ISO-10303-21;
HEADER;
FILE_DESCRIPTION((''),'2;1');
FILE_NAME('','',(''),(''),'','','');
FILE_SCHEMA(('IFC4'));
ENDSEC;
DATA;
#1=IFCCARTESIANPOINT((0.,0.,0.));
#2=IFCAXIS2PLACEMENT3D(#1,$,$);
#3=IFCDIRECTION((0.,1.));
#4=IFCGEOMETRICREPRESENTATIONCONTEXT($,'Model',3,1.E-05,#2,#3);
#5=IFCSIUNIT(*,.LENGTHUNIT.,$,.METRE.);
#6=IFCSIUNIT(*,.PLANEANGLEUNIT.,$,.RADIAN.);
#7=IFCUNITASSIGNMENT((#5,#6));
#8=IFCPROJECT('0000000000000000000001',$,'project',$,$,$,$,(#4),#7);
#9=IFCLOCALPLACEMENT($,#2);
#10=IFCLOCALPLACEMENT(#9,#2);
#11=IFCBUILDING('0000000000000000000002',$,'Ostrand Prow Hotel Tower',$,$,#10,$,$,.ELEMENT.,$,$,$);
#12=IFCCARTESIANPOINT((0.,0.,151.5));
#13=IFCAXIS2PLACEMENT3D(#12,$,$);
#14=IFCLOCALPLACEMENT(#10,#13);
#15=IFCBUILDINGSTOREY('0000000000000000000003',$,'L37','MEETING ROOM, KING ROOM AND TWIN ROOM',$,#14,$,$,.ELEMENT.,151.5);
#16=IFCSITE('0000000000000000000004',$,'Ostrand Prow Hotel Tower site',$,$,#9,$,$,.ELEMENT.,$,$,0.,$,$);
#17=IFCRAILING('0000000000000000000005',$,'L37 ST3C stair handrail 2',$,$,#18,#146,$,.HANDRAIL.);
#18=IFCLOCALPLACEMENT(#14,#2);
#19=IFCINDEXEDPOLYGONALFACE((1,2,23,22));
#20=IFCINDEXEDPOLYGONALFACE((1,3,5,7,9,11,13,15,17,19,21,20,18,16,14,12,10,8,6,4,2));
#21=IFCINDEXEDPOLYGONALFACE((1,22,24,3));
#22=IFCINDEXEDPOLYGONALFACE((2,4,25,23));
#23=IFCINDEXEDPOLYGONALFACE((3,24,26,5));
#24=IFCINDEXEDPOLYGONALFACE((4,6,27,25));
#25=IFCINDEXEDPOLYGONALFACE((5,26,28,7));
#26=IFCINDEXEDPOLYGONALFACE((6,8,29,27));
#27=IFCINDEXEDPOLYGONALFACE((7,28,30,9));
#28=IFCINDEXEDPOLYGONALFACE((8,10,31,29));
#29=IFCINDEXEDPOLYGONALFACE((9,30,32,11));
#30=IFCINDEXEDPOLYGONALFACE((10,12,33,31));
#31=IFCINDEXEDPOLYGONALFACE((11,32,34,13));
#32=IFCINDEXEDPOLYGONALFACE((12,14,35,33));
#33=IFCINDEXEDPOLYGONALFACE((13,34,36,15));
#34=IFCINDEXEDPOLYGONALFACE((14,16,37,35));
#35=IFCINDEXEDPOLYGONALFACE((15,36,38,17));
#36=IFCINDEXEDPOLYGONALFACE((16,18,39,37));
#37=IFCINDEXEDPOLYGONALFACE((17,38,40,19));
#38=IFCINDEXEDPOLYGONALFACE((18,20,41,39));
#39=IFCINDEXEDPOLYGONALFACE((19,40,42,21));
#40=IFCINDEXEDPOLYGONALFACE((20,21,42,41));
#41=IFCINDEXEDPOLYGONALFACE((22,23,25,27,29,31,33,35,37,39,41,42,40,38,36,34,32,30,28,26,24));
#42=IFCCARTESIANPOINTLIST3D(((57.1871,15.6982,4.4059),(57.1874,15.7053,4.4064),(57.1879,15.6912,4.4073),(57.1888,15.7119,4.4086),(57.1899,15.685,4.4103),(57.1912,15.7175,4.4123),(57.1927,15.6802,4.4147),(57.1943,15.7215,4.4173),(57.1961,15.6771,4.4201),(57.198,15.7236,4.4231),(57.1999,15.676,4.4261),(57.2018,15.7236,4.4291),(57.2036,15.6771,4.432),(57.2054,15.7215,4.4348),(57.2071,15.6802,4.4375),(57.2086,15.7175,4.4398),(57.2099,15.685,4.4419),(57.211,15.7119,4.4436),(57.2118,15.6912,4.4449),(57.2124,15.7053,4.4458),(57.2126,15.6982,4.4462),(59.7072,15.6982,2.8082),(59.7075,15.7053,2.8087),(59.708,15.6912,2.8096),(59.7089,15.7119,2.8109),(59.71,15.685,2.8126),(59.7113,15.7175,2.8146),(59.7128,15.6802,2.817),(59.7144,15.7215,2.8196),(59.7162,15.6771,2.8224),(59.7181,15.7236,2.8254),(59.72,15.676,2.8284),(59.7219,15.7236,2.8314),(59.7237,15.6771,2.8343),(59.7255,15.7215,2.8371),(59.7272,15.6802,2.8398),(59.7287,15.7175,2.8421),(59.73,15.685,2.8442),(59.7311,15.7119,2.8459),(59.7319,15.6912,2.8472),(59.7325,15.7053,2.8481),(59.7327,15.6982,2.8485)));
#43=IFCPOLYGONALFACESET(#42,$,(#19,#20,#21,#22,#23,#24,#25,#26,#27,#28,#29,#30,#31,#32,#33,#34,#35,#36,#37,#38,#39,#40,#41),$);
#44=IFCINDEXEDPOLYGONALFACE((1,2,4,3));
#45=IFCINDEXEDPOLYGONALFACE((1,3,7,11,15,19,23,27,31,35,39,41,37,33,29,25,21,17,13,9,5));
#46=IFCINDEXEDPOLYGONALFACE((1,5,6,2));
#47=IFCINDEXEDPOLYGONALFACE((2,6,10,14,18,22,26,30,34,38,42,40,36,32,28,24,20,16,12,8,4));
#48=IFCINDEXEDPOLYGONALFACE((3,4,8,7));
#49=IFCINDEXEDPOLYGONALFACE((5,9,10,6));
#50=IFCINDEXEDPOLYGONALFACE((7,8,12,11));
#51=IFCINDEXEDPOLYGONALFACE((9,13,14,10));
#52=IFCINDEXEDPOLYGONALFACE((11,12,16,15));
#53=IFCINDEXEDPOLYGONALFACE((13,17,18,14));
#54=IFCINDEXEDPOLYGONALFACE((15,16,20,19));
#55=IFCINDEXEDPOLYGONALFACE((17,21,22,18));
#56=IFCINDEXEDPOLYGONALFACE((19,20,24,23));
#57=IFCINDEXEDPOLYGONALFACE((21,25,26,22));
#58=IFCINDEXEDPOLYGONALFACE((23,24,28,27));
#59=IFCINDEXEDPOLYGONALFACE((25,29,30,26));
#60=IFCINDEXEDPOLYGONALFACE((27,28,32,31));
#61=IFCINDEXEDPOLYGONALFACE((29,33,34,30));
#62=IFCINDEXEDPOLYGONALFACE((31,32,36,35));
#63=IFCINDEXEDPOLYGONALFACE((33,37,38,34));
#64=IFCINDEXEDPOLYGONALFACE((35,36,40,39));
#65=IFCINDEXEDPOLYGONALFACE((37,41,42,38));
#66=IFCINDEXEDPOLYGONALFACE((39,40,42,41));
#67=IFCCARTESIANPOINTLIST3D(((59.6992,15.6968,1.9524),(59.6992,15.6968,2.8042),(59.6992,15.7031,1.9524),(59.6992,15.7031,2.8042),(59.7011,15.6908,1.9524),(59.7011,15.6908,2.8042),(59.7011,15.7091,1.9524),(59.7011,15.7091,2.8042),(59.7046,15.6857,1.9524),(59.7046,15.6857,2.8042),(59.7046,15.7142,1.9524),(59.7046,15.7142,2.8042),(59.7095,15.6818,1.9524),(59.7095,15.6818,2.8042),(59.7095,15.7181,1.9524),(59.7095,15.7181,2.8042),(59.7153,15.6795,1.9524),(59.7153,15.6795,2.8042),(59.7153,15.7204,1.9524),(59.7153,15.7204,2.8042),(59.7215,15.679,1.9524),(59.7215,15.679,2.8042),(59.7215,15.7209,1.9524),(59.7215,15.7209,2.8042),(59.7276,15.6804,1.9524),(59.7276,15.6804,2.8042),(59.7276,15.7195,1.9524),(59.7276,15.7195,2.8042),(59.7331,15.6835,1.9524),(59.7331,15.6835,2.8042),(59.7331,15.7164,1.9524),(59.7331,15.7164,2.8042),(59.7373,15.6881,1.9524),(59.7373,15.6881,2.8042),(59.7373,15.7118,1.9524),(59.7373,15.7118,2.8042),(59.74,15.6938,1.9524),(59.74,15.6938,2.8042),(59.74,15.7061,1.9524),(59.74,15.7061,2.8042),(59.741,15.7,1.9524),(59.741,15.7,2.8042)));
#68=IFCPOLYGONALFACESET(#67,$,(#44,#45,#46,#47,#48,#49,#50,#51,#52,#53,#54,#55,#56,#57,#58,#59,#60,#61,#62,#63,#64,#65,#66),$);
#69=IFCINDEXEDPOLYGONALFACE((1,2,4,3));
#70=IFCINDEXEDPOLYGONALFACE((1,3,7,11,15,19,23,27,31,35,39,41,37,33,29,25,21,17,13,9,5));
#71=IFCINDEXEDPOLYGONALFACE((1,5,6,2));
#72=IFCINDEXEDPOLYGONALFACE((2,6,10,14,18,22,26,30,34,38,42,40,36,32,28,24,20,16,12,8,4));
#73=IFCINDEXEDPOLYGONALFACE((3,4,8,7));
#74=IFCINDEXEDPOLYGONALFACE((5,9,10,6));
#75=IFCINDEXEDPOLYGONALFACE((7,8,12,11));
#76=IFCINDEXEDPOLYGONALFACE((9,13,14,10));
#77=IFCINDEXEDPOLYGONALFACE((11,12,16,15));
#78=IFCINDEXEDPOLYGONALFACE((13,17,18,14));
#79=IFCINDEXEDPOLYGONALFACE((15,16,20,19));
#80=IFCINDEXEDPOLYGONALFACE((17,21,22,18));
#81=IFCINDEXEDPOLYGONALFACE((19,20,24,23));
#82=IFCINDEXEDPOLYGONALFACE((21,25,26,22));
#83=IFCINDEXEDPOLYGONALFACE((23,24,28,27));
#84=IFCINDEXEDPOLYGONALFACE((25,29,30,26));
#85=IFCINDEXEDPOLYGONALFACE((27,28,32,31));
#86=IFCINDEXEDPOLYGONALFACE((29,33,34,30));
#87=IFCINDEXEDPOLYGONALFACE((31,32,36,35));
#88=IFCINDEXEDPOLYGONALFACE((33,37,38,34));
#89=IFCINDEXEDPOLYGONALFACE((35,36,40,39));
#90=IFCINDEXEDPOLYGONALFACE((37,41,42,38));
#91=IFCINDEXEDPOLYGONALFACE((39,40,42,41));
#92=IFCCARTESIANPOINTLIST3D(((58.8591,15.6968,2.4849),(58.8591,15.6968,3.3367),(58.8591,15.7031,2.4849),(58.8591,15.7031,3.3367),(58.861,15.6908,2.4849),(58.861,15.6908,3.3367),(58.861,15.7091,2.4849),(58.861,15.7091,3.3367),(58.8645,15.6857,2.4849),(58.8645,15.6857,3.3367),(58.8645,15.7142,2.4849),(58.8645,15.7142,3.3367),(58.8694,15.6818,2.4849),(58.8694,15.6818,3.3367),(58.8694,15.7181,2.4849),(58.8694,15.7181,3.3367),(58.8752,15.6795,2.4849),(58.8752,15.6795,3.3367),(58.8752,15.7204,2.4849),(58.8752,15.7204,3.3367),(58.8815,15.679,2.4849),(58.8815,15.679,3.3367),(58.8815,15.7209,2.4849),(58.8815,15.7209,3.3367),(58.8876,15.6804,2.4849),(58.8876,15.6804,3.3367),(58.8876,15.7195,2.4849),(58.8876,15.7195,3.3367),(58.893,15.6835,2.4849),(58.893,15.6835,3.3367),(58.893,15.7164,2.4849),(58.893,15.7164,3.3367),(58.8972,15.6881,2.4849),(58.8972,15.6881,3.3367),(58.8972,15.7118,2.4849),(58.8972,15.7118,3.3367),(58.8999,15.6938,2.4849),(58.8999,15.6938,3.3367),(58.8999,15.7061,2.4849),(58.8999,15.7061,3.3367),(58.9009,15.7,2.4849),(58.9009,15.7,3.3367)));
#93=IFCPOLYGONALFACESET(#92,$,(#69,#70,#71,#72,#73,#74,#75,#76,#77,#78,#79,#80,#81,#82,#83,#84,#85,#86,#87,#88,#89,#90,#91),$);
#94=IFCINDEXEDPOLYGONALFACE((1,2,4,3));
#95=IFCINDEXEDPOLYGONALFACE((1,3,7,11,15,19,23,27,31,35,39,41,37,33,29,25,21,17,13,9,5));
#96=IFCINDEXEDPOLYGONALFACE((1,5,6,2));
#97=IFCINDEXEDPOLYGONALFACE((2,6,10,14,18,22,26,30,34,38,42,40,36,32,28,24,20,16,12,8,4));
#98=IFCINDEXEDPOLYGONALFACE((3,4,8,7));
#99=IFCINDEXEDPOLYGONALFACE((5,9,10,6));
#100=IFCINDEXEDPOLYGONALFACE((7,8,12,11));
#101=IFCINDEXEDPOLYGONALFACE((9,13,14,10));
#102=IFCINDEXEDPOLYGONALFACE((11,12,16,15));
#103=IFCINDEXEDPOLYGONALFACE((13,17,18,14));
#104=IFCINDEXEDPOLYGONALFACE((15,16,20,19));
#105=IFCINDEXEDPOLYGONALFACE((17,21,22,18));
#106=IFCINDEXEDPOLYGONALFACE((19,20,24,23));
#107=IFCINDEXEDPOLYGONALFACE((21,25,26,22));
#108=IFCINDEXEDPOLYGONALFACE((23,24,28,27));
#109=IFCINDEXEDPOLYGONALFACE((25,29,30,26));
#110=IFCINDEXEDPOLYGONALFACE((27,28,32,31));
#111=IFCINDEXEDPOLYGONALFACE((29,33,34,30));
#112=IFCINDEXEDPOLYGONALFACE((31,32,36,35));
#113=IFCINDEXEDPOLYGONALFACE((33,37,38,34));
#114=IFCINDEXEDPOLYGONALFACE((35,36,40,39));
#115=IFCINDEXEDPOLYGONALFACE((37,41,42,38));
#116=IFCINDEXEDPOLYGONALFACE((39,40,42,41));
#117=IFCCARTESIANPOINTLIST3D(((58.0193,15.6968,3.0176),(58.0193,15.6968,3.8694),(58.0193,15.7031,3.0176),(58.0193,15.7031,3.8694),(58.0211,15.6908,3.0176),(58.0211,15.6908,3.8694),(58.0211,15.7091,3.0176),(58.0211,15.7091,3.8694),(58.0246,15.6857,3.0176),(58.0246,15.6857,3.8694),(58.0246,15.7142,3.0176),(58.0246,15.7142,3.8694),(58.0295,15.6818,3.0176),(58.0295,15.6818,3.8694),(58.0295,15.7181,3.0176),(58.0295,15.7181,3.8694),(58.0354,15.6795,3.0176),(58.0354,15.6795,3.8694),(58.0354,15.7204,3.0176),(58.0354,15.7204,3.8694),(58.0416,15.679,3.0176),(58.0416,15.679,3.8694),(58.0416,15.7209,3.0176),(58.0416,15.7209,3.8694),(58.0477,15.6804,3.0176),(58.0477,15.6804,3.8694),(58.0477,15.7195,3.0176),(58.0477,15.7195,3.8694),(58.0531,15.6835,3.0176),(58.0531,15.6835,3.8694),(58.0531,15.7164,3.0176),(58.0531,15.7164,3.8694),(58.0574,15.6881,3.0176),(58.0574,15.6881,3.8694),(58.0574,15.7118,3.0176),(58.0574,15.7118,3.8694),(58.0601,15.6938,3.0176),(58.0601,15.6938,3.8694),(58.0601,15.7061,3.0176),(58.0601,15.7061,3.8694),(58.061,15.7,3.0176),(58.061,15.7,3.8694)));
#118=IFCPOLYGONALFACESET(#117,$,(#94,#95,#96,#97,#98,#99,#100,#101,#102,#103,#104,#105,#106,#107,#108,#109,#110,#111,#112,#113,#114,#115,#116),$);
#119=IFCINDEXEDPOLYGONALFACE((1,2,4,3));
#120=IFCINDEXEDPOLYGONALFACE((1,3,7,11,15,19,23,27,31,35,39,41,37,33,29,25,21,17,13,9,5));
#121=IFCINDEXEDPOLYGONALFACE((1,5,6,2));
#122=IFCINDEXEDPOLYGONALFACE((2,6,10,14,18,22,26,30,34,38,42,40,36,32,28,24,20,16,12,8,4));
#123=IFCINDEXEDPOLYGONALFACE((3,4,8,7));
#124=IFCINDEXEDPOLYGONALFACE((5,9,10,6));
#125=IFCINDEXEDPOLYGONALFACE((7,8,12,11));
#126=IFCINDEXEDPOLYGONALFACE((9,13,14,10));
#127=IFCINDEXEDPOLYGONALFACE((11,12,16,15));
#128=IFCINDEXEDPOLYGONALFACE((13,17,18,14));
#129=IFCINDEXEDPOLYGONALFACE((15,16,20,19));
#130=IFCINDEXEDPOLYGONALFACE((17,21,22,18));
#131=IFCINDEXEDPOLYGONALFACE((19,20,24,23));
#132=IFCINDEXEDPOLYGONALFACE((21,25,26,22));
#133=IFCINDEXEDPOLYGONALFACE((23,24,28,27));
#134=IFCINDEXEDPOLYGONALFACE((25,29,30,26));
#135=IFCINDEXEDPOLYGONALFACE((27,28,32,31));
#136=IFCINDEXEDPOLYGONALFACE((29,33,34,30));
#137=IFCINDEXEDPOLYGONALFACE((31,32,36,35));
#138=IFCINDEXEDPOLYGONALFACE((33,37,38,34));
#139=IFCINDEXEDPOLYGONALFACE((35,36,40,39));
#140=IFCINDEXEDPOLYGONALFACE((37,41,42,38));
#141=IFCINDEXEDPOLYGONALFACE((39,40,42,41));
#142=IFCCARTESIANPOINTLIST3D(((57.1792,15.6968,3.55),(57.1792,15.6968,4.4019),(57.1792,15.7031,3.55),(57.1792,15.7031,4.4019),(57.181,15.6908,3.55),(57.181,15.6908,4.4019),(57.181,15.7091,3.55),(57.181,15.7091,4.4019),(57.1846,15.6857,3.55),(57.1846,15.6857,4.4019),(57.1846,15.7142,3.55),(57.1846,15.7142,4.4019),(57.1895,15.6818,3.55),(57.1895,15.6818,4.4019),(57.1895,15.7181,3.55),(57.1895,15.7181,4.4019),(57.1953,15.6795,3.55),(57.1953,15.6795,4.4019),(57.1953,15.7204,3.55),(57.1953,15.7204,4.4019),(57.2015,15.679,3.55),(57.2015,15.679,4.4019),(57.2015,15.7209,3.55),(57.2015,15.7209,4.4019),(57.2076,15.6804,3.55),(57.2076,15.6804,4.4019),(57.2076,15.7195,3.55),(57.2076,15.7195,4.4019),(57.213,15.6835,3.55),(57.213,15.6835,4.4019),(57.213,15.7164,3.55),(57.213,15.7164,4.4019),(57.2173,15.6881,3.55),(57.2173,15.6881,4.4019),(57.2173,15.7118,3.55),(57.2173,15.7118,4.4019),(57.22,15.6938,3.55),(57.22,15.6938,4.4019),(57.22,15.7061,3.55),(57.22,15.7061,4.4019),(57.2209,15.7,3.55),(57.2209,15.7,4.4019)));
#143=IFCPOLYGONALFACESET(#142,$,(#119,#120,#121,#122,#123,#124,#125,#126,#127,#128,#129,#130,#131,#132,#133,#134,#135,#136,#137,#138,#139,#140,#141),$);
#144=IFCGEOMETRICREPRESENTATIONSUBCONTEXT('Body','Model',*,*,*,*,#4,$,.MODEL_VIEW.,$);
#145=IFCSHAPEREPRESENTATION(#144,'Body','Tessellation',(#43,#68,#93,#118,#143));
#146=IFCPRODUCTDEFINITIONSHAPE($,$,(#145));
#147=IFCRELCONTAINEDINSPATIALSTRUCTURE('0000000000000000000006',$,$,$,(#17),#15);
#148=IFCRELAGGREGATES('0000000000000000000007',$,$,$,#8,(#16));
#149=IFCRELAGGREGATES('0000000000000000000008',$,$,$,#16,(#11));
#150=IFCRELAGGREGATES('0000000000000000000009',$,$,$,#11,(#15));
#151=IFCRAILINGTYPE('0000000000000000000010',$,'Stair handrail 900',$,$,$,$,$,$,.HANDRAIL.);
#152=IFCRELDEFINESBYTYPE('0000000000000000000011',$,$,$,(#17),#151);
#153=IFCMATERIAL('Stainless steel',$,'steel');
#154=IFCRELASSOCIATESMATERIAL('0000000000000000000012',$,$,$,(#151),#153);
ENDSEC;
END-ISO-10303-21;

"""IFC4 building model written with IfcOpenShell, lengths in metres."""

from ifc_helpers import new_model, si_unit, direction, frame, origin, origin_2d, place, context, subcontext, project, spatial, circle, extrude, material, type_object, element, save


model = new_model("IFC4")

# Units and contexts
model_context = context("Model", 3, precision=1e-05, world=origin(), true_north=direction((0.0, 1.0)))
body_context = subcontext(model_context, "Body", "Model", "MODEL_VIEW")
ifc_project = project(units=[si_unit("LENGTHUNIT", "METRE"), si_unit("PLANEANGLEUNIT", "RADIAN")], contexts=[model_context])

# Site, building, storey
site_placement = place(None, origin())
site = spatial("IfcSite", under=ifc_project, at=site_placement, Name="Ostrand Prow Hotel Tower site", CompositionType="ELEMENT", RefElevation=0.0)
building_placement = place(site_placement, origin())
building = spatial("IfcBuilding", under=site, at=building_placement, Name="Ostrand Prow Hotel Tower", CompositionType="ELEMENT")
storey_placement = place(building_placement, frame((0.0, 0.0, 151.5)))
storey = spatial("IfcBuildingStorey", under=building, at=storey_placement, Name="L37", Description="MEETING ROOM, KING ROOM AND TWIN ROOM", CompositionType="ELEMENT", Elevation=151.5)

# Railing
ifc_material_1 = material(Name="Stainless steel", Category="steel")
railing_type_1 = type_object("IfcRailingType", Name="Stair handrail 900", PredefinedType="HANDRAIL", material=ifc_material_1)
railing_1_placement = place(storey_placement, frame((59.72, 15.7, 1.9524)))
element("IfcRailing", 1, at=railing_1_placement, inside=storey, type_object=railing_type_1, Name="L37 ST3C stair handrail 2", PredefinedType="HANDRAIL", context=body_context, shape_type="SweptSolid", body=[
    extrude(circle(Radius=0.0239, at=origin_2d()), frame((0.0, 0.0, 0.876), z_axis=(-0.84457, 0.0, 0.535445), x_axis=(0.0, -1.0, 0.0)), (0.0, 0.0, 1.0), 2.9839),
    extrude(circle(Radius=0.021, at=origin_2d()), origin(), (0.0, 0.0, 1.0), 0.8518),
    extrude(circle(Radius=0.021, at=origin_2d()), frame((-0.8401, 0.0, 0.5325)), (0.0, 0.0, 1.0), 0.8518),
    extrude(circle(Radius=0.021, at=origin_2d()), frame((-1.6799, 0.0, 1.0652)), (0.0, 0.0, 1.0), 0.8518),
    extrude(circle(Radius=0.021, at=origin_2d()), frame((-2.52, 0.0, 1.5977)), (0.0, 0.0, 1.0), 0.8518),
])

save(model, "model.ifc")
